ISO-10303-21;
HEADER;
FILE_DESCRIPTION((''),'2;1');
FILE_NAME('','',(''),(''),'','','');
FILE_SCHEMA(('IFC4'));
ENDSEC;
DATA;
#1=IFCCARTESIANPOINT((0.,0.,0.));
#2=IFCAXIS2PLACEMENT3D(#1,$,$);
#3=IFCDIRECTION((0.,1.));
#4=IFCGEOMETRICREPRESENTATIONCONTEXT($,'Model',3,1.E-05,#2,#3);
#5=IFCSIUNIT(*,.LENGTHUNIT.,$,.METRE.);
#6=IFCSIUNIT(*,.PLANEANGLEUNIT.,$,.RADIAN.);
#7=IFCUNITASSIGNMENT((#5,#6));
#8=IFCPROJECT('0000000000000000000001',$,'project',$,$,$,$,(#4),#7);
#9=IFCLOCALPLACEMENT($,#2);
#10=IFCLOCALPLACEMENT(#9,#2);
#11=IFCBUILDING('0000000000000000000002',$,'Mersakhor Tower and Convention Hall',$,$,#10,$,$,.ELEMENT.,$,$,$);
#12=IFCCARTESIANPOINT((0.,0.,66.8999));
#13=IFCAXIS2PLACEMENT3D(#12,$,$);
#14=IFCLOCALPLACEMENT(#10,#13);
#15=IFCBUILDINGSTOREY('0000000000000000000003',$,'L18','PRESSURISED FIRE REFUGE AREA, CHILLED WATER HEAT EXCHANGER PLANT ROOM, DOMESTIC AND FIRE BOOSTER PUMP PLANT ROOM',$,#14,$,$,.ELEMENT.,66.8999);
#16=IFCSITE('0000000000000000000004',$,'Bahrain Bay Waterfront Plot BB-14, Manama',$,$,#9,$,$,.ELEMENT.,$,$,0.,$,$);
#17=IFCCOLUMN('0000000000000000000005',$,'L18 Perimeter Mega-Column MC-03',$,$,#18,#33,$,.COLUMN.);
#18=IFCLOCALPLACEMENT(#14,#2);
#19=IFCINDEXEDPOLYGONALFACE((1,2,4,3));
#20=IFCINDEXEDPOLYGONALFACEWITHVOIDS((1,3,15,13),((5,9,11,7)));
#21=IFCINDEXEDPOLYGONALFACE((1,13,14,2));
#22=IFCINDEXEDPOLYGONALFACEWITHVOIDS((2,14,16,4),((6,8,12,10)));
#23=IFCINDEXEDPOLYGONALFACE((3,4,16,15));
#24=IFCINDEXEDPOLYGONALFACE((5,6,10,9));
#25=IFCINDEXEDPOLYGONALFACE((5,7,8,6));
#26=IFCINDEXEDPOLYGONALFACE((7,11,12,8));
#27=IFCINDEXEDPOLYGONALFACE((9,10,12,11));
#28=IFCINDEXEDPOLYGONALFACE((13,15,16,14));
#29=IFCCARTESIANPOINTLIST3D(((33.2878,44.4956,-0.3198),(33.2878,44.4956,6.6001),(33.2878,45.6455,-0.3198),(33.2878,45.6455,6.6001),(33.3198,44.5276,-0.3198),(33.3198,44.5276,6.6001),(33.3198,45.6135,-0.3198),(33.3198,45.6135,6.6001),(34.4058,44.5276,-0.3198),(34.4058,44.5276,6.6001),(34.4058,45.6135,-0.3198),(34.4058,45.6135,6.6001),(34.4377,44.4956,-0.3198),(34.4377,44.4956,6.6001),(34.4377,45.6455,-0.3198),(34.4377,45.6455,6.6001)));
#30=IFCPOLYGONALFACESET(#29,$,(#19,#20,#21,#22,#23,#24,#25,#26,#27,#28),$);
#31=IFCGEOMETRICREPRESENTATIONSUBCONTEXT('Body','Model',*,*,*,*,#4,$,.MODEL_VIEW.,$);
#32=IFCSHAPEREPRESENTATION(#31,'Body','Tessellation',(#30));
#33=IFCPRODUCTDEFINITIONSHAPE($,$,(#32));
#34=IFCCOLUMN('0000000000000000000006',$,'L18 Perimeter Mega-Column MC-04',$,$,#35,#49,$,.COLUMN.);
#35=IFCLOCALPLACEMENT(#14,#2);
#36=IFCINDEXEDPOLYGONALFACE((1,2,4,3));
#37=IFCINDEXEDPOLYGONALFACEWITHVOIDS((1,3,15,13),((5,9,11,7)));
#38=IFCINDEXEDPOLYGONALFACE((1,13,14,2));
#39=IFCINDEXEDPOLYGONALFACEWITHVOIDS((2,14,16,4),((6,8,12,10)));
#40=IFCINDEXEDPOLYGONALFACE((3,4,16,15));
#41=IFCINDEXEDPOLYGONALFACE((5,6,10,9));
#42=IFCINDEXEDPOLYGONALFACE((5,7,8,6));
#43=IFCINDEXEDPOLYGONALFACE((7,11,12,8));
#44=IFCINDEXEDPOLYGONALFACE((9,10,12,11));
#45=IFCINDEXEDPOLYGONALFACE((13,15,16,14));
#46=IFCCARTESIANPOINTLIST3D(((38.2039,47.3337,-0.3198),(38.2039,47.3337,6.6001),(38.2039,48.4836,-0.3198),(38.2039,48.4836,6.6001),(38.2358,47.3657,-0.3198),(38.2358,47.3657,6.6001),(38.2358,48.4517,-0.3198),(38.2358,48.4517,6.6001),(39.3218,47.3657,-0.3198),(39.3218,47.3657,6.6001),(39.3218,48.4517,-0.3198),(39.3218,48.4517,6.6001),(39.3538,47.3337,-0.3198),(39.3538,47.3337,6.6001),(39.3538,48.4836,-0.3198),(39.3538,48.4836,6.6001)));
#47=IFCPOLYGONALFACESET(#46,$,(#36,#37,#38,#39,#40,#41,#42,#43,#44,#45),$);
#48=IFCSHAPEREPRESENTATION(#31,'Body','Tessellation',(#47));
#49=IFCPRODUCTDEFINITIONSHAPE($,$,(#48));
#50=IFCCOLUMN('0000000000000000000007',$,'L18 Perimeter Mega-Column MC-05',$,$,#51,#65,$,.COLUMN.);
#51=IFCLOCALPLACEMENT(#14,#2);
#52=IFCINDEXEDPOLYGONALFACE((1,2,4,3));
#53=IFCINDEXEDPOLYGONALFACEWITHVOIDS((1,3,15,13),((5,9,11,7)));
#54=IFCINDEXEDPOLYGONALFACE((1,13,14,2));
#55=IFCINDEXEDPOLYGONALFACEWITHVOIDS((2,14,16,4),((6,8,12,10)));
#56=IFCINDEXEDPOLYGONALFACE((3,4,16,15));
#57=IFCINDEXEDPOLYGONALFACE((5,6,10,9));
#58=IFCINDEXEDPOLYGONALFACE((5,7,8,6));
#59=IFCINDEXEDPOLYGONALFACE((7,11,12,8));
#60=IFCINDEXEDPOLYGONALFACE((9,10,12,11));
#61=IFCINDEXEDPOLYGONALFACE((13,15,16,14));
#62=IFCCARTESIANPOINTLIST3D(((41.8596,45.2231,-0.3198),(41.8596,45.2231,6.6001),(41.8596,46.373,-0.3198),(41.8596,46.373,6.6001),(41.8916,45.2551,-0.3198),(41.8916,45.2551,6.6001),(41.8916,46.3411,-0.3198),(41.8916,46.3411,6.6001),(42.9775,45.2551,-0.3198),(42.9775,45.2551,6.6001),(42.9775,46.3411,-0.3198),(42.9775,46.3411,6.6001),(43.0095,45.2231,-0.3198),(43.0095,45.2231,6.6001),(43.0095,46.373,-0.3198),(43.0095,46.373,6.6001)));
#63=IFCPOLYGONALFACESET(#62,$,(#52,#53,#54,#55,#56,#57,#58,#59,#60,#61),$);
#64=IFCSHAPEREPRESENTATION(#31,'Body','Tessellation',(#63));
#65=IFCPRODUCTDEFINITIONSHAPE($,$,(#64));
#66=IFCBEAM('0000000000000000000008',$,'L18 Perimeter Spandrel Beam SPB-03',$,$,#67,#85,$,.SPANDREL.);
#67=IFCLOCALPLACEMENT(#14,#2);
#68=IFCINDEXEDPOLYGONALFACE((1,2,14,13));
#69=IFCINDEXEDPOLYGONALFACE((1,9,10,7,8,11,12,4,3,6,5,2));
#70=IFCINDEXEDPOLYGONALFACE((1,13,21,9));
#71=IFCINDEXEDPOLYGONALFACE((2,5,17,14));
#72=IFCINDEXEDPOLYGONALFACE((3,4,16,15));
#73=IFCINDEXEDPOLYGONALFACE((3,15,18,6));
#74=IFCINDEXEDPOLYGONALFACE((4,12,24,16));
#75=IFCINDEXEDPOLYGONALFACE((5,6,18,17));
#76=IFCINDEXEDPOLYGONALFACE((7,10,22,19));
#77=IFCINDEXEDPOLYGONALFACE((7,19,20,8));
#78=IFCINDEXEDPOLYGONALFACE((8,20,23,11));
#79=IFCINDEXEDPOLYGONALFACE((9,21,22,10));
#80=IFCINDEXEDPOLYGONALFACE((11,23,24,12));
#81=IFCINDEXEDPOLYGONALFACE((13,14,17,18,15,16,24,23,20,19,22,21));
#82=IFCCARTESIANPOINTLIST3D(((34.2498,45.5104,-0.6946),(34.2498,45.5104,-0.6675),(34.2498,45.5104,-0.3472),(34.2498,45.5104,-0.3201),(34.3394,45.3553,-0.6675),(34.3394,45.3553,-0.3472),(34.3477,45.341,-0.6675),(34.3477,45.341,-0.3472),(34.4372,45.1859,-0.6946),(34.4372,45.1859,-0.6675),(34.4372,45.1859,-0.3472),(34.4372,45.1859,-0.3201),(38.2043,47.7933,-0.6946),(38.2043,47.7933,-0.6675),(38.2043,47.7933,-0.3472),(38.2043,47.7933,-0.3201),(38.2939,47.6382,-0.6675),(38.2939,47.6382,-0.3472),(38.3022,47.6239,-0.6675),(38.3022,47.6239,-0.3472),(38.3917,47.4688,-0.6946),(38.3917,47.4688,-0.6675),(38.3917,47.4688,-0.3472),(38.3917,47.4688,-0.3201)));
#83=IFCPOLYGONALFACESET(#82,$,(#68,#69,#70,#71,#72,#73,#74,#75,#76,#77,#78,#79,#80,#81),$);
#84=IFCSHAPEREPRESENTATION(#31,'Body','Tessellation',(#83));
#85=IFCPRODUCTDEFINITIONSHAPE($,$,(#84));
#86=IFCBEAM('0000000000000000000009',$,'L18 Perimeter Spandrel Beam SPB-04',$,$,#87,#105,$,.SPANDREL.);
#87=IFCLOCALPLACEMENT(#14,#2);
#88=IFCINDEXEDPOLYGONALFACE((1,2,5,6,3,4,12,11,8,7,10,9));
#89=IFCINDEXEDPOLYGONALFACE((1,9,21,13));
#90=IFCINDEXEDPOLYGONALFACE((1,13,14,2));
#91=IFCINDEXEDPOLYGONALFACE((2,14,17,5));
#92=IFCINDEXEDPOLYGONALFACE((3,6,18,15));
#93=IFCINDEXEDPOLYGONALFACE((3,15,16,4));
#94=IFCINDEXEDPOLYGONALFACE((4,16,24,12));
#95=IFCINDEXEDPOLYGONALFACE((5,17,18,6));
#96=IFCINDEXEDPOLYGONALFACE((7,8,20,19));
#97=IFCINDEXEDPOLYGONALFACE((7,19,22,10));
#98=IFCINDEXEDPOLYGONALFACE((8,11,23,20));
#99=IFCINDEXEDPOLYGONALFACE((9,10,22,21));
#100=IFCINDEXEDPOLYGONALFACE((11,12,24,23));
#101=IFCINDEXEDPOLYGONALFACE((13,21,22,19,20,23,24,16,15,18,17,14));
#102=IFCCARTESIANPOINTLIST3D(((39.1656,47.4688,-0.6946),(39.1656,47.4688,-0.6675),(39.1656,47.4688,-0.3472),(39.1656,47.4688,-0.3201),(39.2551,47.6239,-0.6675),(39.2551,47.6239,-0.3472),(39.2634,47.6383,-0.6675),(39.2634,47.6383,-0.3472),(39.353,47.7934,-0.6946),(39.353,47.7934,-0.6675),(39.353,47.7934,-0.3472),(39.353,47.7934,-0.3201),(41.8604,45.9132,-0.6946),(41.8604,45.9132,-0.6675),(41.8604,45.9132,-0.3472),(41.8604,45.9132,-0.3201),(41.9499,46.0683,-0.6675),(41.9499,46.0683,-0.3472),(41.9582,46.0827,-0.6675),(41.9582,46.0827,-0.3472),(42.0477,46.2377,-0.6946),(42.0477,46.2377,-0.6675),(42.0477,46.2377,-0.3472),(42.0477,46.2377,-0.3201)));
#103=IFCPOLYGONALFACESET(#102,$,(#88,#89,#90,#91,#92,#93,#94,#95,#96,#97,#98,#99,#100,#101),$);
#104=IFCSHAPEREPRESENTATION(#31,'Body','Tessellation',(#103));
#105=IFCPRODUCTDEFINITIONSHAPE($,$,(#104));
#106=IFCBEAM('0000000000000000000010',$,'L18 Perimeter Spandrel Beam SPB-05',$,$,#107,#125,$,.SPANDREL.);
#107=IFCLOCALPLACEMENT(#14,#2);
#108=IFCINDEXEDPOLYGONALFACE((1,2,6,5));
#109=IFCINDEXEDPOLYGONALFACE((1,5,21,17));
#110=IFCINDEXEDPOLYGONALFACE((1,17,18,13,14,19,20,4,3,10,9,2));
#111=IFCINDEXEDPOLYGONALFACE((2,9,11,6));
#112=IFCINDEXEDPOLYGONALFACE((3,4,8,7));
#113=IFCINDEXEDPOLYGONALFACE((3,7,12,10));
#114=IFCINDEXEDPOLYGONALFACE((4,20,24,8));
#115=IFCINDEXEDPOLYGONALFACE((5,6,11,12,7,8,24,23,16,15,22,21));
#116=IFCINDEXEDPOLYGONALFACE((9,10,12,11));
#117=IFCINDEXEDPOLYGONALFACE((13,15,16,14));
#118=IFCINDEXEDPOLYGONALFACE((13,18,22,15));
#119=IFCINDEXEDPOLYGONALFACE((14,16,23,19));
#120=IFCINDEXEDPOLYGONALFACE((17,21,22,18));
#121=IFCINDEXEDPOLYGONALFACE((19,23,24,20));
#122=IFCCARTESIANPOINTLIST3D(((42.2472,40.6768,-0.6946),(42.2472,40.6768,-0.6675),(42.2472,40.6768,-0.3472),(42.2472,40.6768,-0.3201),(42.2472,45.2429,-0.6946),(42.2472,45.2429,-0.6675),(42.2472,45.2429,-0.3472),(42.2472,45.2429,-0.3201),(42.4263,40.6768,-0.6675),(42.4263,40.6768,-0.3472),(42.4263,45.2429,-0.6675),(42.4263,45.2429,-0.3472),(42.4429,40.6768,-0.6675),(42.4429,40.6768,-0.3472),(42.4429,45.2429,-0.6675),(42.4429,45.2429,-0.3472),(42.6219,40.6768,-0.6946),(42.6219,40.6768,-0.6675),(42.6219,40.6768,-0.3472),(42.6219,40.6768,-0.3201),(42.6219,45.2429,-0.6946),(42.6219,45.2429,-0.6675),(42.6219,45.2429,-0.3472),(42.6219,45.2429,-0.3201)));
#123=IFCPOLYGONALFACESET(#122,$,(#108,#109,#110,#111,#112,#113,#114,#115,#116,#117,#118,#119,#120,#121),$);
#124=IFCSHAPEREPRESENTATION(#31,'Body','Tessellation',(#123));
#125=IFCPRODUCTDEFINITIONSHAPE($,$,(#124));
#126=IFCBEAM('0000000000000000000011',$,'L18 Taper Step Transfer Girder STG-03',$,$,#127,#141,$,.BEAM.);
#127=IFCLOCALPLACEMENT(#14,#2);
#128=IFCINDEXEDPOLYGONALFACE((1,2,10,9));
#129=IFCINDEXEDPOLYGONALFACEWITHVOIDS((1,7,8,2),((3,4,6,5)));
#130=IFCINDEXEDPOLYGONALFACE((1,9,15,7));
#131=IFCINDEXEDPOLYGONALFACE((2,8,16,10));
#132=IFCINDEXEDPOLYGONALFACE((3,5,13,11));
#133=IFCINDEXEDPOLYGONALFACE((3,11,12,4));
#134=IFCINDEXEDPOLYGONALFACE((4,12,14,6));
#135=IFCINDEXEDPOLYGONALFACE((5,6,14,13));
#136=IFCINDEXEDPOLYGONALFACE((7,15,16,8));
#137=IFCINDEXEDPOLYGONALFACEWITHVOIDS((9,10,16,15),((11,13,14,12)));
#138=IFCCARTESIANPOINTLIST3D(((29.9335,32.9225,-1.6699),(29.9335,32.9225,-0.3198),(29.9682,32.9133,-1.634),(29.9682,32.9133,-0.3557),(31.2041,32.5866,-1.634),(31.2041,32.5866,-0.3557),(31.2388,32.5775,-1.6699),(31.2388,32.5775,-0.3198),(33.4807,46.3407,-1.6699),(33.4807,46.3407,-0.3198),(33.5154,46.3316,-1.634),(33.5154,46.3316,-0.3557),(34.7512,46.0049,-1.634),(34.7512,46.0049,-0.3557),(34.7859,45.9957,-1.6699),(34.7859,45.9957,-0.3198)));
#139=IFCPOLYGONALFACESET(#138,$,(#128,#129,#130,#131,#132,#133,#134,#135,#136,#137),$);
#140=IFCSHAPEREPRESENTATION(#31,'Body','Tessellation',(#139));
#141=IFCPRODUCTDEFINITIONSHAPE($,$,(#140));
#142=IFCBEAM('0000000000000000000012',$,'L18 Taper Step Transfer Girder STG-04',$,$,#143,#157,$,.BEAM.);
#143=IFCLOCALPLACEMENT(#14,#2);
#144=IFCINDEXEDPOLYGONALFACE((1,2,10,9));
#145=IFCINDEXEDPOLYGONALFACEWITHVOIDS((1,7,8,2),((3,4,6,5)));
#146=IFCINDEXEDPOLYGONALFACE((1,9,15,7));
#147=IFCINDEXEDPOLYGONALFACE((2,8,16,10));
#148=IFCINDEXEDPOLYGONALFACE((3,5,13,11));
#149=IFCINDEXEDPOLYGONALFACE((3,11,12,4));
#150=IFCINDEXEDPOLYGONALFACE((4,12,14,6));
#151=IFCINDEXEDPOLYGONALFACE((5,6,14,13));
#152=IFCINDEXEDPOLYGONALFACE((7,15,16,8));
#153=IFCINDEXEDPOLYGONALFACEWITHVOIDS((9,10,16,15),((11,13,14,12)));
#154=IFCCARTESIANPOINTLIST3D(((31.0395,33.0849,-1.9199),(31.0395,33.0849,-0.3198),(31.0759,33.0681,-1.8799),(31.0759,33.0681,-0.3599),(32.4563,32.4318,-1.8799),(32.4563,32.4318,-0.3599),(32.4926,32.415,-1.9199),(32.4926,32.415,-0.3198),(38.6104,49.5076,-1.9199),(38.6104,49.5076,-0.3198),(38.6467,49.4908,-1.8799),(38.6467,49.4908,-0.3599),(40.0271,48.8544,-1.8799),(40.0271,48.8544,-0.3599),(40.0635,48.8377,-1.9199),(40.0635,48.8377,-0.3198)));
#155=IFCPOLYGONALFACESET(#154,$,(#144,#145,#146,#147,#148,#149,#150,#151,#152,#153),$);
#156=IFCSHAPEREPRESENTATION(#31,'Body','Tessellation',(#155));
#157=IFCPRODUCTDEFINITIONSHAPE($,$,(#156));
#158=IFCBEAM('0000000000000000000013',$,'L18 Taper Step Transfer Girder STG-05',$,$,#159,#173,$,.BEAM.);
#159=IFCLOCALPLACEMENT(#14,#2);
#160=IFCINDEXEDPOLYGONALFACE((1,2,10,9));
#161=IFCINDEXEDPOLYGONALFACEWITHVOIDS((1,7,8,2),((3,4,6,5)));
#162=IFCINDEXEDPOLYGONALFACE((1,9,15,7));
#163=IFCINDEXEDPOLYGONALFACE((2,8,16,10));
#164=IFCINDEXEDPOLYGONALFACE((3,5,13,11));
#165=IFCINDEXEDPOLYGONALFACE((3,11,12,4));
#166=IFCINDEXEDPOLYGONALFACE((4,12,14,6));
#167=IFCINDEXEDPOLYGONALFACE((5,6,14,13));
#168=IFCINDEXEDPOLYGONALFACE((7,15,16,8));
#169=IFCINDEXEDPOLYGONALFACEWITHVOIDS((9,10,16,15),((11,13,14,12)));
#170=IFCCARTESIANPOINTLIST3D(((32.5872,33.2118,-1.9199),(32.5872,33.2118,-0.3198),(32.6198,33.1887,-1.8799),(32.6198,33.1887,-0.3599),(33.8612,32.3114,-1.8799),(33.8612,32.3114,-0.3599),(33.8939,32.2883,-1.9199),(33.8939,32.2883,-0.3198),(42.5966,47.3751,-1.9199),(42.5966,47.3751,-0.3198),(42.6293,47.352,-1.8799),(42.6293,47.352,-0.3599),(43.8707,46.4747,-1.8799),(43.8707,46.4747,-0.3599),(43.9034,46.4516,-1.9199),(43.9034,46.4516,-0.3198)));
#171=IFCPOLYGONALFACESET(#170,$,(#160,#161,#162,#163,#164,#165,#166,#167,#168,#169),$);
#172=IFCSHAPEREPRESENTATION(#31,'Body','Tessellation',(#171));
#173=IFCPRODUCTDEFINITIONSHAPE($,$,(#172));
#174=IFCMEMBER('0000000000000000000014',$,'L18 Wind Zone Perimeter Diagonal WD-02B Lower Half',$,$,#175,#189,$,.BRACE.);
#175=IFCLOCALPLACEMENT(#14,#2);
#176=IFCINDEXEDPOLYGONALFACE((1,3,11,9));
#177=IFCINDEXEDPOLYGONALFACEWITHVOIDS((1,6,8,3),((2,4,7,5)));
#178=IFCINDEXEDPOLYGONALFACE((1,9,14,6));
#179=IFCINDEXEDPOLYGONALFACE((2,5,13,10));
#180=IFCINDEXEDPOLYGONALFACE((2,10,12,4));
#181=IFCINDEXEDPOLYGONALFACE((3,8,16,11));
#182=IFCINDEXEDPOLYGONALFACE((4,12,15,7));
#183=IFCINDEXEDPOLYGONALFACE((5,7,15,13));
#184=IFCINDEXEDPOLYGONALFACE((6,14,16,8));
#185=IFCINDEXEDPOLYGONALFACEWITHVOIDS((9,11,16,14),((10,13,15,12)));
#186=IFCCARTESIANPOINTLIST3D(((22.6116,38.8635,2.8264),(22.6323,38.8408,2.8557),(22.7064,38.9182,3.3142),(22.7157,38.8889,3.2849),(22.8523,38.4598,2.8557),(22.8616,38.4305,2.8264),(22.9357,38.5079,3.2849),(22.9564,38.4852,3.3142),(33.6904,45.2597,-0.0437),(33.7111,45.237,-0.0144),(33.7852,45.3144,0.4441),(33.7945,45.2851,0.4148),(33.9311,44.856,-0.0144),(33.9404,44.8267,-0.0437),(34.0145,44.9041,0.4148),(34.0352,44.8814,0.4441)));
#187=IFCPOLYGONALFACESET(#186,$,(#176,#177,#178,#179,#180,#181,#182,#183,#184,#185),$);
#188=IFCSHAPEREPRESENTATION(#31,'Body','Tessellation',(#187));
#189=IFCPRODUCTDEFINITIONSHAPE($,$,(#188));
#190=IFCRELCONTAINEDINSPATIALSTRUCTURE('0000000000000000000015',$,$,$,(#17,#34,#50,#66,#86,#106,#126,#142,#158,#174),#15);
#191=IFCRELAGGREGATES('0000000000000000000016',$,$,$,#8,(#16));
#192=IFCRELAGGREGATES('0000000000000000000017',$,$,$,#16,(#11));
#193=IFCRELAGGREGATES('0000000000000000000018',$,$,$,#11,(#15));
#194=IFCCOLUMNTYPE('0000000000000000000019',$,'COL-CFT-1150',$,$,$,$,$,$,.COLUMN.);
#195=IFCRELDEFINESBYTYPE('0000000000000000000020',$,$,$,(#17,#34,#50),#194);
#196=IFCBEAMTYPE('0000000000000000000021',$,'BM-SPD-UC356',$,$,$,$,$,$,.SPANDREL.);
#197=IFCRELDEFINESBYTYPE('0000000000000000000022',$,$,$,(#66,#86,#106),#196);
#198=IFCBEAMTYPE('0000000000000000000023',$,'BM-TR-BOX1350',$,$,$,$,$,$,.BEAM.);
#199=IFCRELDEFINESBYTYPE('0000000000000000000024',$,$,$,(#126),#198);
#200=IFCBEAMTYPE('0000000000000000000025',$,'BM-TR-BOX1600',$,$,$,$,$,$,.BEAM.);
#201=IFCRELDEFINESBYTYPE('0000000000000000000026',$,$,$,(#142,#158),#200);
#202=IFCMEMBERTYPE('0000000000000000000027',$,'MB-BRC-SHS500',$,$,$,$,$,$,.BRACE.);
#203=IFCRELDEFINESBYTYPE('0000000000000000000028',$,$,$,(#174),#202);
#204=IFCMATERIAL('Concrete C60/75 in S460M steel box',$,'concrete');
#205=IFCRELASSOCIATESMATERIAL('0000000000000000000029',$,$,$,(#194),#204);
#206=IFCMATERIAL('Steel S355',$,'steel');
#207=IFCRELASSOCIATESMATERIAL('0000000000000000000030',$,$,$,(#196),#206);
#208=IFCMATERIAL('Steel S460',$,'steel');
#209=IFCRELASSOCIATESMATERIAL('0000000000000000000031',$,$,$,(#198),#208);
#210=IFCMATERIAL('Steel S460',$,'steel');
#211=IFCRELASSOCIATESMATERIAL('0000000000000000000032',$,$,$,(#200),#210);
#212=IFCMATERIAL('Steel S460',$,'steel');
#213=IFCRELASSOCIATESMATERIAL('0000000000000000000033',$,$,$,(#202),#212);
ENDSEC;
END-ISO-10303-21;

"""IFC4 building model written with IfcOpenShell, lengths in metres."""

from ifc_helpers import new_model, si_unit, direction, frame, origin, origin_2d, place, context, subcontext, project, spatial, hollow_rectangle, i_section, extrude, material, material_profile, profile_set, type_object, element, save


model = new_model("IFC4")

# Units and contexts
model_context = context("Model", 3, precision=1e-05, world=origin(), true_north=direction((0.0, 1.0)))
body_context = subcontext(model_context, "Body", "Model", "MODEL_VIEW")
ifc_project = project(units=[si_unit("LENGTHUNIT", "METRE"), si_unit("PLANEANGLEUNIT", "RADIAN")], contexts=[model_context])

# Site, building, storey
site_placement = place(None, origin())
site = spatial("IfcSite", under=ifc_project, at=site_placement, Name="Bahrain Bay Waterfront Plot BB-14, Manama", CompositionType="ELEMENT", RefElevation=0.0)
building_placement = place(site_placement, origin())
building = spatial("IfcBuilding", under=site, at=building_placement, Name="Mersakhor Tower and Convention Hall", CompositionType="ELEMENT")
storey_placement = place(building_placement, frame((0.0, 0.0, 66.8999)))
storey = spatial("IfcBuildingStorey", under=building, at=storey_placement, Name="L18", Description="PRESSURISED FIRE REFUGE AREA, CHILLED WATER HEAT EXCHANGER PLANT ROOM, DOMESTIC AND FIRE BOOSTER PUMP PLANT ROOM", CompositionType="ELEMENT", Elevation=66.8999)

# Columns
ifc_material_1 = material(Name="Concrete C60/75 in S460M steel box", Category="concrete")
ifc_material_profile_1 = material_profile(ifc_material_1, hollow_rectangle(XDim=1.1499, YDim=1.1499, WallThickness=0.032, at=origin_2d()), Name="SHS 1150x1150x32")
ifc_profile_set_1 = profile_set([ifc_material_profile_1], Name="Concrete C60/75 in S460M steel box")
column_type = type_object("IfcColumnType", Name="COL-CFT-1150", PredefinedType="COLUMN", material=ifc_profile_set_1)
for number, where, z_axis, x_axis, name in (
    (1, (33.8628, 45.0706, -0.3198), (0.0, 0.0, 1.0), (1.0, 0.0, 0.0), "L18 Perimeter Mega-Column MC-03"),
    (2, (38.7788, 47.9087, -0.3198), (0.0, 0.0, 1.0), (1.0, 0.0, 0.0), "L18 Perimeter Mega-Column MC-04"),
    (3, (42.4346, 45.7981, -0.3198), (0.0, 0.0, 1.0), (1.0, 0.0, 0.0), "L18 Perimeter Mega-Column MC-05"),
):
    element("IfcColumn", number, at=place(storey_placement, frame(where, z_axis=z_axis, x_axis=x_axis)), inside=storey, type_object=column_type, Name=name, PredefinedType="COLUMN", context=body_context, shape_type="SweptSolid", body=[
        extrude(hollow_rectangle(XDim=1.1499, YDim=1.1499, WallThickness=0.032, at=origin_2d()), origin(), (0.0, 0.0, 1.0), 6.9199),
    ])

# Beams
ifc_material_2 = material(Name="Steel S355", Category="steel")
ifc_material_profile_2 = material_profile(ifc_material_2, i_section(OverallWidth=0.3748, OverallDepth=0.3745, WebThickness=0.0166, FlangeThickness=0.0271, at=origin_2d()), Name="UC 356x368x202")
ifc_profile_set_2 = profile_set([ifc_material_profile_2], Name="Steel S355")
beam_type_1 = type_object("IfcBeamType", Name="BM-SPD-UC356", PredefinedType="SPANDREL", material=ifc_profile_set_2)
beam_1_placement = place(storey_placement, frame((34.3435, 45.3481, -0.5073), z_axis=(0.866047, 0.499963, 0.0), x_axis=(-0.499963, 0.866047, 0.0)))
element("IfcBeam", 4, at=beam_1_placement, inside=storey, type_object=beam_type_1, Name="L18 Perimeter Spandrel Beam SPB-03", PredefinedType="SPANDREL", context=body_context, shape_type="SweptSolid", body=[
    extrude(i_section(OverallWidth=0.3748, OverallDepth=0.3745, WebThickness=0.0166, FlangeThickness=0.0271, at=origin_2d()), origin(), (0.0, 0.0, 1.0), 4.5662),
])
beam_2_placement = place(storey_placement, frame((39.2593, 47.6311, -0.5073), z_axis=(0.866052, -0.499953, 0.0), x_axis=(0.499953, 0.866052, 0.0)))
element("IfcBeam", 5, at=beam_2_placement, inside=storey, type_object=beam_type_1, Name="L18 Perimeter Spandrel Beam SPB-04", PredefinedType="SPANDREL", context=body_context, shape_type="SweptSolid", body=[
    extrude(i_section(OverallWidth=0.3748, OverallDepth=0.3745, WebThickness=0.0166, FlangeThickness=0.0271, at=origin_2d()), origin(), (0.0, 0.0, 1.0), 3.1116),
])
beam_3_placement = place(storey_placement, frame((42.4346, 45.2429, -0.5073), z_axis=(0.0, -1.0, 0.0), x_axis=(1.0, 0.0, 0.0)))
element("IfcBeam", 6, at=beam_3_placement, inside=storey, type_object=beam_type_1, Name="L18 Perimeter Spandrel Beam SPB-05", PredefinedType="SPANDREL", context=body_context, shape_type="SweptSolid", body=[
    extrude(i_section(OverallWidth=0.3748, OverallDepth=0.3745, WebThickness=0.0166, FlangeThickness=0.0271, at=origin_2d()), origin(), (0.0, 0.0, 1.0), 4.5662),
])
ifc_material_3 = material(Name="Steel S460", Category="steel")
ifc_material_profile_3 = material_profile(ifc_material_3, hollow_rectangle(XDim=1.3501, YDim=1.3501, WallThickness=0.0359, at=origin_2d()), Name="SHS 1350x1350x36")
ifc_profile_set_3 = profile_set([ifc_material_profile_3], Name="Steel S460")
beam_type_2 = type_object("IfcBeamType", Name="BM-TR-BOX1350", PredefinedType="BEAM", material=ifc_profile_set_3)
beam_4_placement = place(storey_placement, frame((34.1333, 46.1682, -0.9949), z_axis=(-0.255572, -0.96679, 0.0), x_axis=(0.96679, -0.255572, 0.0)))
element("IfcBeam", 7, at=beam_4_placement, inside=storey, type_object=beam_type_2, Name="L18 Taper Step Transfer Girder STG-03", PredefinedType="BEAM", context=body_context, shape_type="SweptSolid", body=[
    extrude(hollow_rectangle(XDim=1.3501, YDim=1.3501, WallThickness=0.0359, at=origin_2d()), origin(), (0.0, 0.0, 1.0), 13.8792),
])
ifc_material_4 = material(Name="Steel S460", Category="steel")
ifc_material_profile_4 = material_profile(ifc_material_4, hollow_rectangle(XDim=1.6001, YDim=1.6001, WallThickness=0.04, at=origin_2d()), Name="SHS 1600x1600x40")
ifc_profile_set_4 = profile_set([ifc_material_profile_4], Name="Steel S460")
beam_type_3 = type_object("IfcBeamType", Name="BM-TR-BOX1600", PredefinedType="BEAM", material=ifc_profile_set_4)
beam_5_placement = place(storey_placement, frame((39.3369, 49.1726, -1.1199), z_axis=(-0.418654, -0.908146, 0.0), x_axis=(0.908146, -0.418654, 0.0)))
element("IfcBeam", 8, at=beam_5_placement, inside=storey, type_object=beam_type_3, Name="L18 Taper Step Transfer Girder STG-04", PredefinedType="BEAM", context=body_context, shape_type="SweptSolid", body=[
    extrude(hollow_rectangle(XDim=1.6001, YDim=1.6001, WallThickness=0.04, at=origin_2d()), origin(), (0.0, 0.0, 1.0), 18.0837),
])
beam_6_placement = place(storey_placement, frame((43.25, 46.9133, -1.1199), z_axis=(-0.57714, -0.816645, 0.0), x_axis=(0.816645, -0.57714, 0.0)))
element("IfcBeam", 9, at=beam_6_placement, inside=storey, type_object=beam_type_3, Name="L18 Taper Step Transfer Girder STG-05", PredefinedType="BEAM", context=body_context, shape_type="SweptSolid", body=[
    extrude(hollow_rectangle(XDim=1.6001, YDim=1.6001, WallThickness=0.04, at=origin_2d()), origin(), (0.0, 0.0, 1.0), 17.3433),
])

# Member
ifc_material_5 = material(Name="Steel S460", Category="steel")
ifc_material_profile_5 = material_profile(ifc_material_5, hollow_rectangle(XDim=0.5, YDim=0.5, WallThickness=0.03, at=origin_2d()), Name="SHS 500x500x30")
ifc_profile_set_5 = profile_set([ifc_material_profile_5], Name="Steel S460")
member_type = type_object("IfcMemberType", Name="MB-BRC-SHS500", PredefinedType="BRACE", material=ifc_profile_set_5)
member_1_placement = place(storey_placement, frame((33.8628, 45.0706, 0.2002), z_axis=(-0.845024, -0.487864, 0.218914), x_axis=(0.499992, -0.86603, 0.0)))
element("IfcMember", 10, at=member_1_placement, inside=storey, type_object=member_type, Name="L18 Wind Zone Perimeter Diagonal WD-02B Lower Half", PredefinedType="BRACE", context=body_context, shape_type="SweptSolid", body=[
    extrude(hollow_rectangle(XDim=0.5, YDim=0.5, WallThickness=0.03, at=origin_2d()), origin(), (0.0, 0.0, 1.0), 13.1106),
])

save(model, "model.ifc")
